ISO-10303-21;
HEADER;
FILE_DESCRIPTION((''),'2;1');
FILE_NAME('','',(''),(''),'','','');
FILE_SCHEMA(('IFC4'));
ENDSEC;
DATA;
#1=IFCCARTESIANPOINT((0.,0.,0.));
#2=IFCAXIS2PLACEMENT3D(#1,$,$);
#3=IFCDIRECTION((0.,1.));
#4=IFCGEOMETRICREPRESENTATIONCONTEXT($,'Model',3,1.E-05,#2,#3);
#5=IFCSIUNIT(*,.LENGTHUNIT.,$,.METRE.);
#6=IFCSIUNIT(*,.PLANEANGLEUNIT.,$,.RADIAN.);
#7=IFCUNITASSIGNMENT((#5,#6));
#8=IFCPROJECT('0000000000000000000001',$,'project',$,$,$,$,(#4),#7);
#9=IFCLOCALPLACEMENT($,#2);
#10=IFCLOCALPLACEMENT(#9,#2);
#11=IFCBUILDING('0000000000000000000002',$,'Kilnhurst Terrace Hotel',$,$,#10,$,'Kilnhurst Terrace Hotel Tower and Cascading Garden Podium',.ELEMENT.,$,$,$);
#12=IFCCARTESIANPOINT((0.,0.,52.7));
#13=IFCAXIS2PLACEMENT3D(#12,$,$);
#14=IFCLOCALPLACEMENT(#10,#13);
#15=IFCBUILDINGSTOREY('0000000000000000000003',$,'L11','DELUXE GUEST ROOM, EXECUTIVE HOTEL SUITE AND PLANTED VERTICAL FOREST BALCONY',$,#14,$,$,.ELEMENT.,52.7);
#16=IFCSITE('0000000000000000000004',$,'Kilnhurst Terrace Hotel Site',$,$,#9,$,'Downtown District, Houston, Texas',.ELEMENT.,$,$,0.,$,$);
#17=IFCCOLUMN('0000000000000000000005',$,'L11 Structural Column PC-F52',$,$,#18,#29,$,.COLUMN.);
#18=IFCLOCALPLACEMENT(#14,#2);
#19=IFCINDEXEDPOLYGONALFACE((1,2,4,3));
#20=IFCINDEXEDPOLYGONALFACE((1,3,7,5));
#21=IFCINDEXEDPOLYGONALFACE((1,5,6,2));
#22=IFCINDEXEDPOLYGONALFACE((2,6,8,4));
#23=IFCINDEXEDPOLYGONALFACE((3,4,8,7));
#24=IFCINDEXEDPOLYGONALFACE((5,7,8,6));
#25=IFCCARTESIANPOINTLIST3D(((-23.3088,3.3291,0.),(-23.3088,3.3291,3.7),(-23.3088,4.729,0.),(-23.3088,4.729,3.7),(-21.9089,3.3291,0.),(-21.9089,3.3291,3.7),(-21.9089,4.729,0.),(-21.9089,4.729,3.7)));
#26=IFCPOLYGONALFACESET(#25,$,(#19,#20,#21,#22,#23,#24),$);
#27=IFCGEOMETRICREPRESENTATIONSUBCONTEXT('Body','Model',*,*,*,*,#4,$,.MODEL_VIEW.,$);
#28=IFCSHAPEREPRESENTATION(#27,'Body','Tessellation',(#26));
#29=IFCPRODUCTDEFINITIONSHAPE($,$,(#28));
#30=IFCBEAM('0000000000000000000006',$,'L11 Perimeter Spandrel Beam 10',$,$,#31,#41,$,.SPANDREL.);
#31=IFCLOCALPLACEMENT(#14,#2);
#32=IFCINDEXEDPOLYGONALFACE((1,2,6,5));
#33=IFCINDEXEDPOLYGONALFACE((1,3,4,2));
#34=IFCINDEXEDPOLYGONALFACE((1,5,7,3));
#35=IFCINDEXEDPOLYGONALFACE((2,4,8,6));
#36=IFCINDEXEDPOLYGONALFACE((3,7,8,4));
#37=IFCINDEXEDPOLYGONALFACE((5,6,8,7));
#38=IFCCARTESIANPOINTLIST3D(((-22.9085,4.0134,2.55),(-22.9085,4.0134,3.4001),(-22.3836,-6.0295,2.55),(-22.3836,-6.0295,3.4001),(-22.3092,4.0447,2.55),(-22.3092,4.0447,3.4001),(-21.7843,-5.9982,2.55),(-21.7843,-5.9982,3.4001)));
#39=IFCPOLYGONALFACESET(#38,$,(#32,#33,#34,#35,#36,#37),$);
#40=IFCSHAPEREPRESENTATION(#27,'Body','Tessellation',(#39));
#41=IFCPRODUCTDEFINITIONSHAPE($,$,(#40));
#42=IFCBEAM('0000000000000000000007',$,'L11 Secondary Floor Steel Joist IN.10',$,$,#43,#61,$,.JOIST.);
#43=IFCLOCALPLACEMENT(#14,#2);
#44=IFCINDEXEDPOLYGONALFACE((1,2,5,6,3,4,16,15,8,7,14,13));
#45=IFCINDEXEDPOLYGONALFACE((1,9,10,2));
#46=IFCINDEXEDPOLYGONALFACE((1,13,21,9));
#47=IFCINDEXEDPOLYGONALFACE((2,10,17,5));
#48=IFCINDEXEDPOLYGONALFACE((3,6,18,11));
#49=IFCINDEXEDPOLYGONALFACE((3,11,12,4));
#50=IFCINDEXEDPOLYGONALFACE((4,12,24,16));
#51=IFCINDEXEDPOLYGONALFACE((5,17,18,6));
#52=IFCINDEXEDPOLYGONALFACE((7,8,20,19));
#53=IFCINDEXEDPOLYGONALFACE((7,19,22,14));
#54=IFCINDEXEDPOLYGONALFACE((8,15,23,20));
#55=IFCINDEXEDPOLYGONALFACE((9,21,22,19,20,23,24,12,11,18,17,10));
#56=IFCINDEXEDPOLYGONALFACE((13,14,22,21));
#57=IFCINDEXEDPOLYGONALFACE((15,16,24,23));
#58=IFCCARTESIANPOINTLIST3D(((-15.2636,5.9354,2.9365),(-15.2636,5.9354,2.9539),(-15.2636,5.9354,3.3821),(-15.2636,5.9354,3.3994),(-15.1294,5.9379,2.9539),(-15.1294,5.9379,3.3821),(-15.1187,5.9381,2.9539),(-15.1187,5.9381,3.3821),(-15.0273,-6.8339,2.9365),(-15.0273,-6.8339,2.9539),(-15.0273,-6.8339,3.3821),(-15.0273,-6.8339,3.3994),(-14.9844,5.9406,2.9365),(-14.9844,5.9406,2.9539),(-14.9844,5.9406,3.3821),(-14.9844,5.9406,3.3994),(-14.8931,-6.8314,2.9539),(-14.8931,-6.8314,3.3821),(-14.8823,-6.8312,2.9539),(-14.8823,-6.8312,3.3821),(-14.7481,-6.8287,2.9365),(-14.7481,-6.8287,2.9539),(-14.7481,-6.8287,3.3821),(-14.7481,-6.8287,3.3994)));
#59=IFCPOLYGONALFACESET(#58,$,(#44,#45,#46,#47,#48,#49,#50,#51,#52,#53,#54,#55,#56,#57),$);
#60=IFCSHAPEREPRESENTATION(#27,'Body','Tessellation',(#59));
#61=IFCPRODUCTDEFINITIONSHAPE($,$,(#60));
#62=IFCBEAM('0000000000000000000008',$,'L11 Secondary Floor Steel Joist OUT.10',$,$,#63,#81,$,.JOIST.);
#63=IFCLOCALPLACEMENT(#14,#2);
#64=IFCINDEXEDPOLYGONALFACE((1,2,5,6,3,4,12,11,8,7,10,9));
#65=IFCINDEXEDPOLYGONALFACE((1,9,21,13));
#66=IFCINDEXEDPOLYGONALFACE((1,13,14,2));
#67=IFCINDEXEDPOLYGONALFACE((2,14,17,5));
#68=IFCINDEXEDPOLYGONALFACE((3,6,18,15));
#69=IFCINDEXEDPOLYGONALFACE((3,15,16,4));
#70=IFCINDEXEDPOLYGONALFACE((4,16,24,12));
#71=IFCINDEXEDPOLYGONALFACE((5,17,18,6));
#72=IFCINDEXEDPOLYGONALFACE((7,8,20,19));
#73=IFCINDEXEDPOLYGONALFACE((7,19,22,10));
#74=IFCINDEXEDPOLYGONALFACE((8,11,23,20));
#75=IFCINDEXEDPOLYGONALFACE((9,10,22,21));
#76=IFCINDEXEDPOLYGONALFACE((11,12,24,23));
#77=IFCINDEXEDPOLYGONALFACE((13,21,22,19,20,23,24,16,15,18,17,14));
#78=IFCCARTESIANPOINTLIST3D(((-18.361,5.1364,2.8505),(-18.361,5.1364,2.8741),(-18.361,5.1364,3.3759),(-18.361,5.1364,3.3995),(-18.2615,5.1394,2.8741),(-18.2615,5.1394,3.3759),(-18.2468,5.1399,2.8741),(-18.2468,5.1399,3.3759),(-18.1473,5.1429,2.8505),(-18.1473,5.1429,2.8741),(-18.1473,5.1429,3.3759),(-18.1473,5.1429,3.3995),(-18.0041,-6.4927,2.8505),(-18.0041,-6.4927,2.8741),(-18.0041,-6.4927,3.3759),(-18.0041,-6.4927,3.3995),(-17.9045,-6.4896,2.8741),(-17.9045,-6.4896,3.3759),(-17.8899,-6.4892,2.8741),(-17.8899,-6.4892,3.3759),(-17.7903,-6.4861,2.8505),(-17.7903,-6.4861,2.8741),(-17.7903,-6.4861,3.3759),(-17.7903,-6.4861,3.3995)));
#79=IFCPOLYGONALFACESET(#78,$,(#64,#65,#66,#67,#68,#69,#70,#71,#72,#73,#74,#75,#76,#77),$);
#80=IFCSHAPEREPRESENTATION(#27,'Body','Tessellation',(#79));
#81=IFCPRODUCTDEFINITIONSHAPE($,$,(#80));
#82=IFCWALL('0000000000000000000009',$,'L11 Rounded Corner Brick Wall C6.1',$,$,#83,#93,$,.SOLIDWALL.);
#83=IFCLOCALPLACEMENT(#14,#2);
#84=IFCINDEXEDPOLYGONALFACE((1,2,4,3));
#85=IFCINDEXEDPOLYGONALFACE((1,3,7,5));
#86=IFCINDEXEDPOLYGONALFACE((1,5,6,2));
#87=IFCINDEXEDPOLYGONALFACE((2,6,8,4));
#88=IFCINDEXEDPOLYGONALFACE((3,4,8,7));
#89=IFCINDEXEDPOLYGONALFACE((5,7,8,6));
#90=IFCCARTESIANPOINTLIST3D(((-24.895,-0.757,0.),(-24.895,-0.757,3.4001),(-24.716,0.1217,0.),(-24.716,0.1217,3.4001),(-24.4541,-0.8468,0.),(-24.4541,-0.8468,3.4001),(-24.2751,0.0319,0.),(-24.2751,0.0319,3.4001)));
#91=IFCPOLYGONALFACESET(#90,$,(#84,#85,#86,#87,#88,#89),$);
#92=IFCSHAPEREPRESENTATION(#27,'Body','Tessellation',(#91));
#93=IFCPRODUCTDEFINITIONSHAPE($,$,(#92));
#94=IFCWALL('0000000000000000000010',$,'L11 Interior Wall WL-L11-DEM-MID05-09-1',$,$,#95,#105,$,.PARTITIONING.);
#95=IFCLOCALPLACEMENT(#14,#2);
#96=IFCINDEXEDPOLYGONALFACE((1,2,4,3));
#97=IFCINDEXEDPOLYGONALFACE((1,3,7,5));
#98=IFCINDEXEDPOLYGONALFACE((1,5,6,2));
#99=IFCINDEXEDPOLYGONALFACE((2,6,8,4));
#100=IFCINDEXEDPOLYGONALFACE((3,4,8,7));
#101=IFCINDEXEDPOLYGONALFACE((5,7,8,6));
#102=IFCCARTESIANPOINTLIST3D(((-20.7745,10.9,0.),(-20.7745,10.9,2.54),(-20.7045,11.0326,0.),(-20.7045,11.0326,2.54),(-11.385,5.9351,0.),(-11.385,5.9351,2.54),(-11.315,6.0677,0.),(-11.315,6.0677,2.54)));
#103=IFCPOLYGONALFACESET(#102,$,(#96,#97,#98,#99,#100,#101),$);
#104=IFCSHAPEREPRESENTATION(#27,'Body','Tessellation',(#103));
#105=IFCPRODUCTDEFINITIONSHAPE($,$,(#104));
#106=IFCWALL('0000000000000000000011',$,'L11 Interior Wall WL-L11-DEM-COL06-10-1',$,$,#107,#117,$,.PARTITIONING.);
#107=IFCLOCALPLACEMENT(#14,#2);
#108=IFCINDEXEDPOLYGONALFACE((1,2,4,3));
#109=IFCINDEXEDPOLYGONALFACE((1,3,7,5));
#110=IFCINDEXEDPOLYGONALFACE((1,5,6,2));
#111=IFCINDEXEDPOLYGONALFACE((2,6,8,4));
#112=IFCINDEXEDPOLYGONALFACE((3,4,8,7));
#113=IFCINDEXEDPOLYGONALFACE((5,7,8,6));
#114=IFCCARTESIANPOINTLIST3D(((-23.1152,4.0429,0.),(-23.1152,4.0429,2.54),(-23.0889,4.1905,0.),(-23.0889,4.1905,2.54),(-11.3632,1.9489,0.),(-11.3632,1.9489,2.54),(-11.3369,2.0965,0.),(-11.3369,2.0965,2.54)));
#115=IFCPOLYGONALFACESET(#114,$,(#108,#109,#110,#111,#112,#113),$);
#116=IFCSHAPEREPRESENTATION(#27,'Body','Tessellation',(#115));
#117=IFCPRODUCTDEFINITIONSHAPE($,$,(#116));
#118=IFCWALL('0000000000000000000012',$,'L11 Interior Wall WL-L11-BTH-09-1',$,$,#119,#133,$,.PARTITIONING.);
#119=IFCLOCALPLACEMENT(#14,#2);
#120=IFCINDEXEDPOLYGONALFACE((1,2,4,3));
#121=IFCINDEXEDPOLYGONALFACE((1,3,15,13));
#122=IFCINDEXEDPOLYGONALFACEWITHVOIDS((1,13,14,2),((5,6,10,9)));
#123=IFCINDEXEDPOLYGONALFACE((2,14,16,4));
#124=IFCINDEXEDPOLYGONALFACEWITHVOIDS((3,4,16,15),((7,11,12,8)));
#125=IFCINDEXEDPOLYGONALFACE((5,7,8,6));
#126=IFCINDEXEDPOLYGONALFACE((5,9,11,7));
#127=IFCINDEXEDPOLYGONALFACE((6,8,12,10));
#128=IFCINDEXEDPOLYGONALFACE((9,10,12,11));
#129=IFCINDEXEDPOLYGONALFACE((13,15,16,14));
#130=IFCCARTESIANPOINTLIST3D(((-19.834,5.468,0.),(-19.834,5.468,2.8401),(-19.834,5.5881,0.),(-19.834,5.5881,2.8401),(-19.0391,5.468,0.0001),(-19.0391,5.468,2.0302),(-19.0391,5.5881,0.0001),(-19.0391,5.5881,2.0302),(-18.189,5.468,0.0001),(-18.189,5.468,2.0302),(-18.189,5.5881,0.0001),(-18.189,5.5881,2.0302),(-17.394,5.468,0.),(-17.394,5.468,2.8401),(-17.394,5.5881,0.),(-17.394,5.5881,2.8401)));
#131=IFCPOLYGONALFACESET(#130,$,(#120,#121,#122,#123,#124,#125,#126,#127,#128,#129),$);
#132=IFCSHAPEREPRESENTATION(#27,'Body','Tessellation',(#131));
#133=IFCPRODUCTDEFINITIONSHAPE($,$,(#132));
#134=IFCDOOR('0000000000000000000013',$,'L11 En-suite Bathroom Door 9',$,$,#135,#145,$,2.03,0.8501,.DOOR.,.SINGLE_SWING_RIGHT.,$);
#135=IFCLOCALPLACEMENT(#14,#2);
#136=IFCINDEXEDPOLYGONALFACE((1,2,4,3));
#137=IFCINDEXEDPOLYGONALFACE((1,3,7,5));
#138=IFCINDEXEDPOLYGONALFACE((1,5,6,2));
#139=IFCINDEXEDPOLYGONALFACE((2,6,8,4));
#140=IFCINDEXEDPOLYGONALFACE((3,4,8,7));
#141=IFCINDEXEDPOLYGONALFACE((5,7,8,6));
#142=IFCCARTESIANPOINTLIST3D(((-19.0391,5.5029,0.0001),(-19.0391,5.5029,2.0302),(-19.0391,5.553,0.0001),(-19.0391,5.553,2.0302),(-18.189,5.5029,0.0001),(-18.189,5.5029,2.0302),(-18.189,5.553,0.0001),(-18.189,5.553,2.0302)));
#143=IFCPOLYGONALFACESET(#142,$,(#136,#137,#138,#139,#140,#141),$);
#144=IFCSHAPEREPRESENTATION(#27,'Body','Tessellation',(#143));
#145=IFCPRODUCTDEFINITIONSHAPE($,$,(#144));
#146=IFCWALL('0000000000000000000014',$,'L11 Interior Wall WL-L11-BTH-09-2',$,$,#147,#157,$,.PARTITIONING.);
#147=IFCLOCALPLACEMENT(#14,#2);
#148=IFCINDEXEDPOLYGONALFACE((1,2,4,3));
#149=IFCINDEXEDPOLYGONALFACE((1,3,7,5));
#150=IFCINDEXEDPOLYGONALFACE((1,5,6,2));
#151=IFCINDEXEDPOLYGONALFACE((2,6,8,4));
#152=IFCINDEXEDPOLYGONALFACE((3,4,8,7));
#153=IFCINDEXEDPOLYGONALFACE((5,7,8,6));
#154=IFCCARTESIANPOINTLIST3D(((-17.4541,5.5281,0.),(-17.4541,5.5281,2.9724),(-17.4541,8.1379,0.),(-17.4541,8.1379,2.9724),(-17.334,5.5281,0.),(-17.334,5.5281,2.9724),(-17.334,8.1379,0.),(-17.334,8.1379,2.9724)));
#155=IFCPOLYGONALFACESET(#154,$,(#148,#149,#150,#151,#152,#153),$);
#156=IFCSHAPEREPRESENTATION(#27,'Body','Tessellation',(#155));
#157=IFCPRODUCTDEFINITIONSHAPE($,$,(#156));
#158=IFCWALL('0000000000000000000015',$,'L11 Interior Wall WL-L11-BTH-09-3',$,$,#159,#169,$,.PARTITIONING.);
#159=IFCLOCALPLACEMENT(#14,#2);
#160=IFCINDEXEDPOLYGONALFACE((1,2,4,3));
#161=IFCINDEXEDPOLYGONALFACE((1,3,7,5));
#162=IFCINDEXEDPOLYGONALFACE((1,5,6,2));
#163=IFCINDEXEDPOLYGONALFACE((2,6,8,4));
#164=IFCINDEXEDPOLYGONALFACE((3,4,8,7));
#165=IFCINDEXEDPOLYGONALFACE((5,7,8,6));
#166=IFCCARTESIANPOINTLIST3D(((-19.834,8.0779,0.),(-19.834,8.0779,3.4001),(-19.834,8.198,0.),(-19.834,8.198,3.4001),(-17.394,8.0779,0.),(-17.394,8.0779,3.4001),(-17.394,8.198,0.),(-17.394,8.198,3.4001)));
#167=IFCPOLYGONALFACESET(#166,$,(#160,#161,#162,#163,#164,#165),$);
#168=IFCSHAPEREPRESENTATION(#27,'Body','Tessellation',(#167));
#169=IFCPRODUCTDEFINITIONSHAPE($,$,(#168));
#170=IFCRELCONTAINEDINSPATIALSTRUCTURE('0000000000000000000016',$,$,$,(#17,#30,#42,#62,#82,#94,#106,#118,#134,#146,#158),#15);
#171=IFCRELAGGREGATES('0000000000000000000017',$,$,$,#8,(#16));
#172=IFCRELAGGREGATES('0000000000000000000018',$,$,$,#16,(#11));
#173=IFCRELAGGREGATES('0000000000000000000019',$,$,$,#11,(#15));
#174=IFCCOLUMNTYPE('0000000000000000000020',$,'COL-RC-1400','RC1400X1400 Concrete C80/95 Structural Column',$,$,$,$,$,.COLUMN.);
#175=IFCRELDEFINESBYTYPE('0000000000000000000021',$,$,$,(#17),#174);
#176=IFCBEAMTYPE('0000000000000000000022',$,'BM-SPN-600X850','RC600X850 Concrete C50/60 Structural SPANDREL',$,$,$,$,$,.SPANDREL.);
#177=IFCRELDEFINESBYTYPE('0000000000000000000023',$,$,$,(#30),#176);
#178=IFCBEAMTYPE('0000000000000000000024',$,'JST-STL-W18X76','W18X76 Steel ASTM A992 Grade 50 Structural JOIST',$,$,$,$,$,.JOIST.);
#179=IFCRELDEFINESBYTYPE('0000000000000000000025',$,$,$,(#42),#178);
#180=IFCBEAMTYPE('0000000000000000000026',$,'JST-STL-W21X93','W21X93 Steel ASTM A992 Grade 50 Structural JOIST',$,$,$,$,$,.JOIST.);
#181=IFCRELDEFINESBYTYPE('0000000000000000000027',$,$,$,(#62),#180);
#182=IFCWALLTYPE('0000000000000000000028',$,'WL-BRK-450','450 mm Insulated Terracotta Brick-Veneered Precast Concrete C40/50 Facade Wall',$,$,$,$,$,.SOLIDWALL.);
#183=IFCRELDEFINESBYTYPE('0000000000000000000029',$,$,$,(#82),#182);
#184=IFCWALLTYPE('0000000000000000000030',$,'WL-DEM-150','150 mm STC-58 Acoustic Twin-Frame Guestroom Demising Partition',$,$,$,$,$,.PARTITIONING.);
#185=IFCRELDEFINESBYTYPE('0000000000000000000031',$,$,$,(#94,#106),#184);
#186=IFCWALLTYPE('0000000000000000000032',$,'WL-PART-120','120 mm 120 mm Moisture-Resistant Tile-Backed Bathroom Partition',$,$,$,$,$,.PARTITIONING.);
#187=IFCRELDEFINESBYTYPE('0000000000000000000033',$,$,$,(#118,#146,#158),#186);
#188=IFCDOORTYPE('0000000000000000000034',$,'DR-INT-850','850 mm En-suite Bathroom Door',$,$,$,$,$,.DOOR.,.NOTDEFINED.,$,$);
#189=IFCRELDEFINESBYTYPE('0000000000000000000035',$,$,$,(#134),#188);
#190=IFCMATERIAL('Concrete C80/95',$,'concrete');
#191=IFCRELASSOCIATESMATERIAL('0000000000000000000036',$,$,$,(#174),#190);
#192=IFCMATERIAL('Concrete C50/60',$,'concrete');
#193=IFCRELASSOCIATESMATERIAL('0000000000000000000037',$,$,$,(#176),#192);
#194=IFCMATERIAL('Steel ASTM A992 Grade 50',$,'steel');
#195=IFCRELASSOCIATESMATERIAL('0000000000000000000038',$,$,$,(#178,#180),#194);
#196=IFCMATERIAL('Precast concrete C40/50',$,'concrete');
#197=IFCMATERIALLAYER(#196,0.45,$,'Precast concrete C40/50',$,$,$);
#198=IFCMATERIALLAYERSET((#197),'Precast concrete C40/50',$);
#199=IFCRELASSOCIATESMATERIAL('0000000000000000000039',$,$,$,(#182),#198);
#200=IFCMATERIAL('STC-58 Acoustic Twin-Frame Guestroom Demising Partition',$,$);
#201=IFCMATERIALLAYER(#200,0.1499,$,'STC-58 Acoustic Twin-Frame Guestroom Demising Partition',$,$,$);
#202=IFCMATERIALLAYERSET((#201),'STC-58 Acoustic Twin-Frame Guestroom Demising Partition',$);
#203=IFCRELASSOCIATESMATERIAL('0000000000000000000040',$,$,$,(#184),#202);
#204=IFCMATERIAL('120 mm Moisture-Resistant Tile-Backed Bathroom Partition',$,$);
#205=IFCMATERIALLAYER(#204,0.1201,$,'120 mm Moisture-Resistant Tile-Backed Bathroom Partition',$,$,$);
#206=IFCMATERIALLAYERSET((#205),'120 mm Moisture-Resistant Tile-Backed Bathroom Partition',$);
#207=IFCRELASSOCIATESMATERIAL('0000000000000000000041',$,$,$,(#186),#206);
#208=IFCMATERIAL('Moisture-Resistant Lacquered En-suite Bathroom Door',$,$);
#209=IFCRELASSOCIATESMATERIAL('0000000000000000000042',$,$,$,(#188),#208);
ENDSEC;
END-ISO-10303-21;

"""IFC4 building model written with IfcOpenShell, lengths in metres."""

from ifc_helpers import new_model, si_unit, direction, frame, frame_2d, origin, origin_2d, place, context, subcontext, project, spatial, rectangle, i_section, extrude, material, layer, layer_set, material_profile, profile_set, type_object, element, fill, save


model = new_model("IFC4")

# Units and contexts
model_context = context("Model", 3, precision=1e-05, world=origin(), true_north=direction((0.0, 1.0)))
body_context = subcontext(model_context, "Body", "Model", "MODEL_VIEW")
ifc_project = project(units=[si_unit("LENGTHUNIT", "METRE"), si_unit("PLANEANGLEUNIT", "RADIAN")], contexts=[model_context])

# Site, building, storey
site_placement = place(None, origin())
site = spatial("IfcSite", under=ifc_project, at=site_placement, Name="Kilnhurst Terrace Hotel Site", LongName="Downtown District, Houston, Texas", CompositionType="ELEMENT", RefElevation=0.0)
building_placement = place(site_placement, origin())
building = spatial("IfcBuilding", under=site, at=building_placement, Name="Kilnhurst Terrace Hotel", LongName="Kilnhurst Terrace Hotel Tower and Cascading Garden Podium", CompositionType="ELEMENT")
storey_placement = place(building_placement, frame((0.0, 0.0, 52.7)))
storey = spatial("IfcBuildingStorey", under=building, at=storey_placement, Name="L11", Description="DELUXE GUEST ROOM, EXECUTIVE HOTEL SUITE AND PLANTED VERTICAL FOREST BALCONY", CompositionType="ELEMENT", Elevation=52.7)

# Column
ifc_material_1 = material(Name="Concrete C80/95", Category="concrete")
ifc_material_profile_1 = material_profile(ifc_material_1, rectangle(XDim=1.3999, YDim=1.3999, at=origin_2d()), Name="RC1400X1400")
ifc_profile_set_1 = profile_set([ifc_material_profile_1], Name="Concrete C80/95")
column_type = type_object("IfcColumnType", Name="COL-RC-1400", Description="RC1400X1400 Concrete C80/95 Structural Column", PredefinedType="COLUMN", material=ifc_profile_set_1)
column_placement = place(storey_placement, frame((-22.6089, 4.0291, 0.0), z_axis=(0.0, 0.0, 1.0), x_axis=(1.0, 0.0, 0.0)))
element("IfcColumn", 1, at=column_placement, inside=storey, type_object=column_type, Name="L11 Structural Column PC-F52", PredefinedType="COLUMN", context=body_context, shape_type="SweptSolid", body=[
    extrude(rectangle(XDim=1.3999, YDim=1.3999, at=origin_2d()), origin(), (0.0, 0.0, 1.0), 3.7),
])

# Beams
ifc_material_2 = material(Name="Concrete C50/60", Category="concrete")
ifc_material_profile_2 = material_profile(ifc_material_2, rectangle(XDim=0.6001, YDim=0.8501, at=origin_2d()), Name="RC600X850")
ifc_profile_set_2 = profile_set([ifc_material_profile_2], Name="Concrete C50/60")
beam_type_1 = type_object("IfcBeamType", Name="BM-SPN-600X850", Description="RC600X850 Concrete C50/60 Structural SPANDREL", PredefinedType="SPANDREL", material=ifc_profile_set_2)
beam_1_placement = place(storey_placement, frame((-22.6089, 4.0291, 2.9751), z_axis=(0.052194, -0.998637, 0.0), x_axis=(0.998637, 0.052194, 0.0)))
element("IfcBeam", 2, at=beam_1_placement, inside=storey, type_object=beam_type_1, Name="L11 Perimeter Spandrel Beam 10", PredefinedType="SPANDREL", context=body_context, shape_type="SweptSolid", body=[
    extrude(rectangle(XDim=0.6001, YDim=0.8501, at=origin_2d()), origin(), (0.0, 0.0, 1.0), 10.0566),
])
ifc_material_3 = material(Name="Steel ASTM A992 Grade 50", Category="steel")
ifc_material_profile_3 = material_profile(ifc_material_3, i_section(OverallWidth=0.2793, OverallDepth=0.4629, WebThickness=0.0107, FlangeThickness=0.0173, at=origin_2d()), Name="W18X76")
ifc_profile_set_3 = profile_set([ifc_material_profile_3], Name="Steel ASTM A992 Grade 50")
beam_type_2 = type_object("IfcBeamType", Name="JST-STL-W18X76", Description="W18X76 Steel ASTM A992 Grade 50 Structural JOIST", PredefinedType="JOIST", material=ifc_profile_set_3)
beam_2_placement = place(storey_placement, frame((-15.124, 5.938, 3.168), z_axis=(0.018504, -0.999829, 0.0), x_axis=(0.999829, 0.018504, 0.0)))
element("IfcBeam", 3, at=beam_2_placement, inside=storey, type_object=beam_type_2, Name="L11 Secondary Floor Steel Joist IN.10", PredefinedType="JOIST", context=body_context, shape_type="SweptSolid", body=[
    extrude(i_section(OverallWidth=0.2793, OverallDepth=0.4629, WebThickness=0.0107, FlangeThickness=0.0173, at=origin_2d()), origin(), (0.0, 0.0, 1.0), 12.7715),
])
ifc_material_profile_4 = material_profile(ifc_material_3, i_section(OverallWidth=0.2139, OverallDepth=0.5491, WebThickness=0.0146, FlangeThickness=0.0237, at=origin_2d()), Name="W21X93")
ifc_profile_set_4 = profile_set([ifc_material_profile_4], Name="Steel ASTM A992 Grade 50")
beam_type_3 = type_object("IfcBeamType", Name="JST-STL-W21X93", Description="W21X93 Steel ASTM A992 Grade 50 Structural JOIST", PredefinedType="JOIST", material=ifc_profile_set_4)
beam_3_placement = place(storey_placement, frame((-18.2542, 5.1396, 3.125), z_axis=(0.030679, -0.999529, 0.0), x_axis=(0.999529, 0.030679, 0.0)))
element("IfcBeam", 4, at=beam_3_placement, inside=storey, type_object=beam_type_3, Name="L11 Secondary Floor Steel Joist OUT.10", PredefinedType="JOIST", context=body_context, shape_type="SweptSolid", body=[
    extrude(i_section(OverallWidth=0.2139, OverallDepth=0.5491, WebThickness=0.0146, FlangeThickness=0.0237, at=origin_2d()), origin(), (0.0, 0.0, 1.0), 11.6345),
])

# Walls
ifc_material_4 = material(Name="Precast concrete C40/50", Category="concrete")
ifc_layer_1 = layer(ifc_material_4, 0.45, Name="Precast concrete C40/50")
ifc_layer_set_1 = layer_set([ifc_layer_1], Name="Precast concrete C40/50")
wall_type_1 = type_object("IfcWallType", Name="WL-BRK-450", Description="450 mm Insulated Terracotta Brick-Veneered Precast Concrete C40/50 Facade Wall", PredefinedType="SOLIDWALL", material=ifc_layer_set_1)
wall_1_placement = place(storey_placement, frame((-24.4956, 0.0767, 0.0), z_axis=(0.0, 0.0, 1.0), x_axis=(-0.199571, -0.979883, 0.0)))
element("IfcWall", 5, at=wall_1_placement, inside=storey, type_object=wall_type_1, Name="L11 Rounded Corner Brick Wall C6.1", PredefinedType="SOLIDWALL", context=body_context, shape_type="SweptSolid", body=[
    extrude(rectangle(XDim=0.8967, YDim=0.45, at=frame_2d((0.4482, 0.0))), origin(), (0.0, 0.0, 1.0), 3.4001),
])
ifc_material_5 = material(Name="STC-58 Acoustic Twin-Frame Guestroom Demising Partition")
ifc_layer_2 = layer(ifc_material_5, 0.1499, Name="STC-58 Acoustic Twin-Frame Guestroom Demising Partition")
ifc_layer_set_2 = layer_set([ifc_layer_2], Name="STC-58 Acoustic Twin-Frame Guestroom Demising Partition")
wall_type_2 = type_object("IfcWallType", Name="WL-DEM-150", Description="150 mm STC-58 Acoustic Twin-Frame Guestroom Demising Partition", PredefinedType="PARTITIONING", material=ifc_layer_set_2)
wall_2_placement = place(storey_placement, frame((-11.3501, 6.0015, 0.0), z_axis=(0.0, 0.0, 1.0), x_axis=(-0.884022, 0.467445, 0.0)))
element("IfcWall", 6, at=wall_2_placement, inside=storey, type_object=wall_type_2, Name="L11 Interior Wall WL-L11-DEM-MID05-09-1", PredefinedType="PARTITIONING", context=body_context, shape_type="SweptSolid", body=[
    extrude(rectangle(XDim=10.6213, YDim=0.1499, at=frame_2d((5.3105, 0.0))), origin(), (0.0, 0.0, 1.0), 2.54),
])
wall_3_placement = place(storey_placement, frame((-11.3501, 2.0227, 0.0), z_axis=(0.0, 0.0, 1.0), x_axis=(-0.984494, 0.17542, 0.0)))
element("IfcWall", 7, at=wall_3_placement, inside=storey, type_object=wall_type_2, Name="L11 Interior Wall WL-L11-DEM-COL06-10-1", PredefinedType="PARTITIONING", context=body_context, shape_type="SweptSolid", body=[
    extrude(rectangle(XDim=11.937, YDim=0.1499, at=frame_2d((5.9685, 0.0))), origin(), (0.0, 0.0, 1.0), 2.54),
])

# Wall, opening, door
ifc_material_6 = material(Name="120 mm Moisture-Resistant Tile-Backed Bathroom Partition")
ifc_layer_3 = layer(ifc_material_6, 0.1201, Name="120 mm Moisture-Resistant Tile-Backed Bathroom Partition")
ifc_layer_set_3 = layer_set([ifc_layer_3], Name="120 mm Moisture-Resistant Tile-Backed Bathroom Partition")
wall_type_3 = type_object("IfcWallType", Name="WL-PART-120", Description="120 mm 120 mm Moisture-Resistant Tile-Backed Bathroom Partition", PredefinedType="PARTITIONING", material=ifc_layer_set_3)
wall_4_placement = place(storey_placement, frame((-19.834, 5.5281, 0.0), z_axis=(0.0, 0.0, 1.0), x_axis=(1.0, 0.0, 0.0)))
wall_4 = element("IfcWall", 8, at=wall_4_placement, inside=storey, type_object=wall_type_3, Name="L11 Interior Wall WL-L11-BTH-09-1", PredefinedType="PARTITIONING", context=body_context, shape_type="SweptSolid", body=[
    extrude(rectangle(XDim=2.4399, YDim=0.1201, at=frame_2d((1.22, 0.0))), origin(), (0.0, 0.0, 1.0), 2.8401),
])
opening_1_placement = place(wall_4_placement, frame((0.7949, 0.0, 0.0)))
opening_1 = element("IfcOpeningElement", 9, at=opening_1_placement, cuts=wall_4, PredefinedType="OPENING", context=body_context, shape_type="SweptSolid", body=[
    extrude(rectangle(XDim=0.8501, YDim=2.03, at=frame_2d((0.425, 1.0151))), frame((0.0, 0.0701, 0.0), z_axis=(0.0, -1.0, 0.0), x_axis=(1.0, 0.0, 0.0)), (0.0, 0.0, 1.0), 0.1401),
])
ifc_material_7 = material(Name="Moisture-Resistant Lacquered En-suite Bathroom Door")
door_type = type_object("IfcDoorType", Name="DR-INT-850", Description="850 mm En-suite Bathroom Door", OperationType="NOTDEFINED", PredefinedType="DOOR", material=ifc_material_7)
door_1_placement = place(opening_1_placement, origin())
door_1 = element("IfcDoor", 10, at=door_1_placement, inside=storey, type_object=door_type, Name="L11 En-suite Bathroom Door 9", OperationType="SINGLE_SWING_RIGHT", OverallHeight=2.03, OverallWidth=0.8501, PredefinedType="DOOR", context=body_context, shape_type="SweptSolid", body=[
    extrude(rectangle(XDim=0.8501, YDim=2.03, at=frame_2d((0.425, 1.0151))), frame((0.0, 0.0249, 0.0), z_axis=(0.0, -1.0, 0.0), x_axis=(1.0, 0.0, 0.0)), (0.0, 0.0, 1.0), 0.05),
])
fill(opening_1, door_1)

# Walls
wall_5_placement = place(storey_placement, frame((-17.394, 5.5281, 0.0), z_axis=(0.0, 0.0, 1.0), x_axis=(0.0, 1.0, 0.0)))
element("IfcWall", 11, at=wall_5_placement, inside=storey, type_object=wall_type_3, Name="L11 Interior Wall WL-L11-BTH-09-2", PredefinedType="PARTITIONING", context=body_context, shape_type="SweptSolid", body=[
    extrude(rectangle(XDim=2.6099, YDim=0.1201, at=frame_2d((1.3049, 0.0))), origin(), (0.0, 0.0, 1.0), 2.9724),
])
wall_6_placement = place(storey_placement, frame((-17.394, 8.1379, 0.0), z_axis=(0.0, 0.0, 1.0), x_axis=(-1.0, 0.0, 0.0)))
element("IfcWall", 12, at=wall_6_placement, inside=storey, type_object=wall_type_3, Name="L11 Interior Wall WL-L11-BTH-09-3", PredefinedType="PARTITIONING", context=body_context, shape_type="SweptSolid", body=[
    extrude(rectangle(XDim=2.4399, YDim=0.1201, at=frame_2d((1.22, 0.0))), origin(), (0.0, 0.0, 1.0), 3.4001),
])

save(model, "model.ifc")
